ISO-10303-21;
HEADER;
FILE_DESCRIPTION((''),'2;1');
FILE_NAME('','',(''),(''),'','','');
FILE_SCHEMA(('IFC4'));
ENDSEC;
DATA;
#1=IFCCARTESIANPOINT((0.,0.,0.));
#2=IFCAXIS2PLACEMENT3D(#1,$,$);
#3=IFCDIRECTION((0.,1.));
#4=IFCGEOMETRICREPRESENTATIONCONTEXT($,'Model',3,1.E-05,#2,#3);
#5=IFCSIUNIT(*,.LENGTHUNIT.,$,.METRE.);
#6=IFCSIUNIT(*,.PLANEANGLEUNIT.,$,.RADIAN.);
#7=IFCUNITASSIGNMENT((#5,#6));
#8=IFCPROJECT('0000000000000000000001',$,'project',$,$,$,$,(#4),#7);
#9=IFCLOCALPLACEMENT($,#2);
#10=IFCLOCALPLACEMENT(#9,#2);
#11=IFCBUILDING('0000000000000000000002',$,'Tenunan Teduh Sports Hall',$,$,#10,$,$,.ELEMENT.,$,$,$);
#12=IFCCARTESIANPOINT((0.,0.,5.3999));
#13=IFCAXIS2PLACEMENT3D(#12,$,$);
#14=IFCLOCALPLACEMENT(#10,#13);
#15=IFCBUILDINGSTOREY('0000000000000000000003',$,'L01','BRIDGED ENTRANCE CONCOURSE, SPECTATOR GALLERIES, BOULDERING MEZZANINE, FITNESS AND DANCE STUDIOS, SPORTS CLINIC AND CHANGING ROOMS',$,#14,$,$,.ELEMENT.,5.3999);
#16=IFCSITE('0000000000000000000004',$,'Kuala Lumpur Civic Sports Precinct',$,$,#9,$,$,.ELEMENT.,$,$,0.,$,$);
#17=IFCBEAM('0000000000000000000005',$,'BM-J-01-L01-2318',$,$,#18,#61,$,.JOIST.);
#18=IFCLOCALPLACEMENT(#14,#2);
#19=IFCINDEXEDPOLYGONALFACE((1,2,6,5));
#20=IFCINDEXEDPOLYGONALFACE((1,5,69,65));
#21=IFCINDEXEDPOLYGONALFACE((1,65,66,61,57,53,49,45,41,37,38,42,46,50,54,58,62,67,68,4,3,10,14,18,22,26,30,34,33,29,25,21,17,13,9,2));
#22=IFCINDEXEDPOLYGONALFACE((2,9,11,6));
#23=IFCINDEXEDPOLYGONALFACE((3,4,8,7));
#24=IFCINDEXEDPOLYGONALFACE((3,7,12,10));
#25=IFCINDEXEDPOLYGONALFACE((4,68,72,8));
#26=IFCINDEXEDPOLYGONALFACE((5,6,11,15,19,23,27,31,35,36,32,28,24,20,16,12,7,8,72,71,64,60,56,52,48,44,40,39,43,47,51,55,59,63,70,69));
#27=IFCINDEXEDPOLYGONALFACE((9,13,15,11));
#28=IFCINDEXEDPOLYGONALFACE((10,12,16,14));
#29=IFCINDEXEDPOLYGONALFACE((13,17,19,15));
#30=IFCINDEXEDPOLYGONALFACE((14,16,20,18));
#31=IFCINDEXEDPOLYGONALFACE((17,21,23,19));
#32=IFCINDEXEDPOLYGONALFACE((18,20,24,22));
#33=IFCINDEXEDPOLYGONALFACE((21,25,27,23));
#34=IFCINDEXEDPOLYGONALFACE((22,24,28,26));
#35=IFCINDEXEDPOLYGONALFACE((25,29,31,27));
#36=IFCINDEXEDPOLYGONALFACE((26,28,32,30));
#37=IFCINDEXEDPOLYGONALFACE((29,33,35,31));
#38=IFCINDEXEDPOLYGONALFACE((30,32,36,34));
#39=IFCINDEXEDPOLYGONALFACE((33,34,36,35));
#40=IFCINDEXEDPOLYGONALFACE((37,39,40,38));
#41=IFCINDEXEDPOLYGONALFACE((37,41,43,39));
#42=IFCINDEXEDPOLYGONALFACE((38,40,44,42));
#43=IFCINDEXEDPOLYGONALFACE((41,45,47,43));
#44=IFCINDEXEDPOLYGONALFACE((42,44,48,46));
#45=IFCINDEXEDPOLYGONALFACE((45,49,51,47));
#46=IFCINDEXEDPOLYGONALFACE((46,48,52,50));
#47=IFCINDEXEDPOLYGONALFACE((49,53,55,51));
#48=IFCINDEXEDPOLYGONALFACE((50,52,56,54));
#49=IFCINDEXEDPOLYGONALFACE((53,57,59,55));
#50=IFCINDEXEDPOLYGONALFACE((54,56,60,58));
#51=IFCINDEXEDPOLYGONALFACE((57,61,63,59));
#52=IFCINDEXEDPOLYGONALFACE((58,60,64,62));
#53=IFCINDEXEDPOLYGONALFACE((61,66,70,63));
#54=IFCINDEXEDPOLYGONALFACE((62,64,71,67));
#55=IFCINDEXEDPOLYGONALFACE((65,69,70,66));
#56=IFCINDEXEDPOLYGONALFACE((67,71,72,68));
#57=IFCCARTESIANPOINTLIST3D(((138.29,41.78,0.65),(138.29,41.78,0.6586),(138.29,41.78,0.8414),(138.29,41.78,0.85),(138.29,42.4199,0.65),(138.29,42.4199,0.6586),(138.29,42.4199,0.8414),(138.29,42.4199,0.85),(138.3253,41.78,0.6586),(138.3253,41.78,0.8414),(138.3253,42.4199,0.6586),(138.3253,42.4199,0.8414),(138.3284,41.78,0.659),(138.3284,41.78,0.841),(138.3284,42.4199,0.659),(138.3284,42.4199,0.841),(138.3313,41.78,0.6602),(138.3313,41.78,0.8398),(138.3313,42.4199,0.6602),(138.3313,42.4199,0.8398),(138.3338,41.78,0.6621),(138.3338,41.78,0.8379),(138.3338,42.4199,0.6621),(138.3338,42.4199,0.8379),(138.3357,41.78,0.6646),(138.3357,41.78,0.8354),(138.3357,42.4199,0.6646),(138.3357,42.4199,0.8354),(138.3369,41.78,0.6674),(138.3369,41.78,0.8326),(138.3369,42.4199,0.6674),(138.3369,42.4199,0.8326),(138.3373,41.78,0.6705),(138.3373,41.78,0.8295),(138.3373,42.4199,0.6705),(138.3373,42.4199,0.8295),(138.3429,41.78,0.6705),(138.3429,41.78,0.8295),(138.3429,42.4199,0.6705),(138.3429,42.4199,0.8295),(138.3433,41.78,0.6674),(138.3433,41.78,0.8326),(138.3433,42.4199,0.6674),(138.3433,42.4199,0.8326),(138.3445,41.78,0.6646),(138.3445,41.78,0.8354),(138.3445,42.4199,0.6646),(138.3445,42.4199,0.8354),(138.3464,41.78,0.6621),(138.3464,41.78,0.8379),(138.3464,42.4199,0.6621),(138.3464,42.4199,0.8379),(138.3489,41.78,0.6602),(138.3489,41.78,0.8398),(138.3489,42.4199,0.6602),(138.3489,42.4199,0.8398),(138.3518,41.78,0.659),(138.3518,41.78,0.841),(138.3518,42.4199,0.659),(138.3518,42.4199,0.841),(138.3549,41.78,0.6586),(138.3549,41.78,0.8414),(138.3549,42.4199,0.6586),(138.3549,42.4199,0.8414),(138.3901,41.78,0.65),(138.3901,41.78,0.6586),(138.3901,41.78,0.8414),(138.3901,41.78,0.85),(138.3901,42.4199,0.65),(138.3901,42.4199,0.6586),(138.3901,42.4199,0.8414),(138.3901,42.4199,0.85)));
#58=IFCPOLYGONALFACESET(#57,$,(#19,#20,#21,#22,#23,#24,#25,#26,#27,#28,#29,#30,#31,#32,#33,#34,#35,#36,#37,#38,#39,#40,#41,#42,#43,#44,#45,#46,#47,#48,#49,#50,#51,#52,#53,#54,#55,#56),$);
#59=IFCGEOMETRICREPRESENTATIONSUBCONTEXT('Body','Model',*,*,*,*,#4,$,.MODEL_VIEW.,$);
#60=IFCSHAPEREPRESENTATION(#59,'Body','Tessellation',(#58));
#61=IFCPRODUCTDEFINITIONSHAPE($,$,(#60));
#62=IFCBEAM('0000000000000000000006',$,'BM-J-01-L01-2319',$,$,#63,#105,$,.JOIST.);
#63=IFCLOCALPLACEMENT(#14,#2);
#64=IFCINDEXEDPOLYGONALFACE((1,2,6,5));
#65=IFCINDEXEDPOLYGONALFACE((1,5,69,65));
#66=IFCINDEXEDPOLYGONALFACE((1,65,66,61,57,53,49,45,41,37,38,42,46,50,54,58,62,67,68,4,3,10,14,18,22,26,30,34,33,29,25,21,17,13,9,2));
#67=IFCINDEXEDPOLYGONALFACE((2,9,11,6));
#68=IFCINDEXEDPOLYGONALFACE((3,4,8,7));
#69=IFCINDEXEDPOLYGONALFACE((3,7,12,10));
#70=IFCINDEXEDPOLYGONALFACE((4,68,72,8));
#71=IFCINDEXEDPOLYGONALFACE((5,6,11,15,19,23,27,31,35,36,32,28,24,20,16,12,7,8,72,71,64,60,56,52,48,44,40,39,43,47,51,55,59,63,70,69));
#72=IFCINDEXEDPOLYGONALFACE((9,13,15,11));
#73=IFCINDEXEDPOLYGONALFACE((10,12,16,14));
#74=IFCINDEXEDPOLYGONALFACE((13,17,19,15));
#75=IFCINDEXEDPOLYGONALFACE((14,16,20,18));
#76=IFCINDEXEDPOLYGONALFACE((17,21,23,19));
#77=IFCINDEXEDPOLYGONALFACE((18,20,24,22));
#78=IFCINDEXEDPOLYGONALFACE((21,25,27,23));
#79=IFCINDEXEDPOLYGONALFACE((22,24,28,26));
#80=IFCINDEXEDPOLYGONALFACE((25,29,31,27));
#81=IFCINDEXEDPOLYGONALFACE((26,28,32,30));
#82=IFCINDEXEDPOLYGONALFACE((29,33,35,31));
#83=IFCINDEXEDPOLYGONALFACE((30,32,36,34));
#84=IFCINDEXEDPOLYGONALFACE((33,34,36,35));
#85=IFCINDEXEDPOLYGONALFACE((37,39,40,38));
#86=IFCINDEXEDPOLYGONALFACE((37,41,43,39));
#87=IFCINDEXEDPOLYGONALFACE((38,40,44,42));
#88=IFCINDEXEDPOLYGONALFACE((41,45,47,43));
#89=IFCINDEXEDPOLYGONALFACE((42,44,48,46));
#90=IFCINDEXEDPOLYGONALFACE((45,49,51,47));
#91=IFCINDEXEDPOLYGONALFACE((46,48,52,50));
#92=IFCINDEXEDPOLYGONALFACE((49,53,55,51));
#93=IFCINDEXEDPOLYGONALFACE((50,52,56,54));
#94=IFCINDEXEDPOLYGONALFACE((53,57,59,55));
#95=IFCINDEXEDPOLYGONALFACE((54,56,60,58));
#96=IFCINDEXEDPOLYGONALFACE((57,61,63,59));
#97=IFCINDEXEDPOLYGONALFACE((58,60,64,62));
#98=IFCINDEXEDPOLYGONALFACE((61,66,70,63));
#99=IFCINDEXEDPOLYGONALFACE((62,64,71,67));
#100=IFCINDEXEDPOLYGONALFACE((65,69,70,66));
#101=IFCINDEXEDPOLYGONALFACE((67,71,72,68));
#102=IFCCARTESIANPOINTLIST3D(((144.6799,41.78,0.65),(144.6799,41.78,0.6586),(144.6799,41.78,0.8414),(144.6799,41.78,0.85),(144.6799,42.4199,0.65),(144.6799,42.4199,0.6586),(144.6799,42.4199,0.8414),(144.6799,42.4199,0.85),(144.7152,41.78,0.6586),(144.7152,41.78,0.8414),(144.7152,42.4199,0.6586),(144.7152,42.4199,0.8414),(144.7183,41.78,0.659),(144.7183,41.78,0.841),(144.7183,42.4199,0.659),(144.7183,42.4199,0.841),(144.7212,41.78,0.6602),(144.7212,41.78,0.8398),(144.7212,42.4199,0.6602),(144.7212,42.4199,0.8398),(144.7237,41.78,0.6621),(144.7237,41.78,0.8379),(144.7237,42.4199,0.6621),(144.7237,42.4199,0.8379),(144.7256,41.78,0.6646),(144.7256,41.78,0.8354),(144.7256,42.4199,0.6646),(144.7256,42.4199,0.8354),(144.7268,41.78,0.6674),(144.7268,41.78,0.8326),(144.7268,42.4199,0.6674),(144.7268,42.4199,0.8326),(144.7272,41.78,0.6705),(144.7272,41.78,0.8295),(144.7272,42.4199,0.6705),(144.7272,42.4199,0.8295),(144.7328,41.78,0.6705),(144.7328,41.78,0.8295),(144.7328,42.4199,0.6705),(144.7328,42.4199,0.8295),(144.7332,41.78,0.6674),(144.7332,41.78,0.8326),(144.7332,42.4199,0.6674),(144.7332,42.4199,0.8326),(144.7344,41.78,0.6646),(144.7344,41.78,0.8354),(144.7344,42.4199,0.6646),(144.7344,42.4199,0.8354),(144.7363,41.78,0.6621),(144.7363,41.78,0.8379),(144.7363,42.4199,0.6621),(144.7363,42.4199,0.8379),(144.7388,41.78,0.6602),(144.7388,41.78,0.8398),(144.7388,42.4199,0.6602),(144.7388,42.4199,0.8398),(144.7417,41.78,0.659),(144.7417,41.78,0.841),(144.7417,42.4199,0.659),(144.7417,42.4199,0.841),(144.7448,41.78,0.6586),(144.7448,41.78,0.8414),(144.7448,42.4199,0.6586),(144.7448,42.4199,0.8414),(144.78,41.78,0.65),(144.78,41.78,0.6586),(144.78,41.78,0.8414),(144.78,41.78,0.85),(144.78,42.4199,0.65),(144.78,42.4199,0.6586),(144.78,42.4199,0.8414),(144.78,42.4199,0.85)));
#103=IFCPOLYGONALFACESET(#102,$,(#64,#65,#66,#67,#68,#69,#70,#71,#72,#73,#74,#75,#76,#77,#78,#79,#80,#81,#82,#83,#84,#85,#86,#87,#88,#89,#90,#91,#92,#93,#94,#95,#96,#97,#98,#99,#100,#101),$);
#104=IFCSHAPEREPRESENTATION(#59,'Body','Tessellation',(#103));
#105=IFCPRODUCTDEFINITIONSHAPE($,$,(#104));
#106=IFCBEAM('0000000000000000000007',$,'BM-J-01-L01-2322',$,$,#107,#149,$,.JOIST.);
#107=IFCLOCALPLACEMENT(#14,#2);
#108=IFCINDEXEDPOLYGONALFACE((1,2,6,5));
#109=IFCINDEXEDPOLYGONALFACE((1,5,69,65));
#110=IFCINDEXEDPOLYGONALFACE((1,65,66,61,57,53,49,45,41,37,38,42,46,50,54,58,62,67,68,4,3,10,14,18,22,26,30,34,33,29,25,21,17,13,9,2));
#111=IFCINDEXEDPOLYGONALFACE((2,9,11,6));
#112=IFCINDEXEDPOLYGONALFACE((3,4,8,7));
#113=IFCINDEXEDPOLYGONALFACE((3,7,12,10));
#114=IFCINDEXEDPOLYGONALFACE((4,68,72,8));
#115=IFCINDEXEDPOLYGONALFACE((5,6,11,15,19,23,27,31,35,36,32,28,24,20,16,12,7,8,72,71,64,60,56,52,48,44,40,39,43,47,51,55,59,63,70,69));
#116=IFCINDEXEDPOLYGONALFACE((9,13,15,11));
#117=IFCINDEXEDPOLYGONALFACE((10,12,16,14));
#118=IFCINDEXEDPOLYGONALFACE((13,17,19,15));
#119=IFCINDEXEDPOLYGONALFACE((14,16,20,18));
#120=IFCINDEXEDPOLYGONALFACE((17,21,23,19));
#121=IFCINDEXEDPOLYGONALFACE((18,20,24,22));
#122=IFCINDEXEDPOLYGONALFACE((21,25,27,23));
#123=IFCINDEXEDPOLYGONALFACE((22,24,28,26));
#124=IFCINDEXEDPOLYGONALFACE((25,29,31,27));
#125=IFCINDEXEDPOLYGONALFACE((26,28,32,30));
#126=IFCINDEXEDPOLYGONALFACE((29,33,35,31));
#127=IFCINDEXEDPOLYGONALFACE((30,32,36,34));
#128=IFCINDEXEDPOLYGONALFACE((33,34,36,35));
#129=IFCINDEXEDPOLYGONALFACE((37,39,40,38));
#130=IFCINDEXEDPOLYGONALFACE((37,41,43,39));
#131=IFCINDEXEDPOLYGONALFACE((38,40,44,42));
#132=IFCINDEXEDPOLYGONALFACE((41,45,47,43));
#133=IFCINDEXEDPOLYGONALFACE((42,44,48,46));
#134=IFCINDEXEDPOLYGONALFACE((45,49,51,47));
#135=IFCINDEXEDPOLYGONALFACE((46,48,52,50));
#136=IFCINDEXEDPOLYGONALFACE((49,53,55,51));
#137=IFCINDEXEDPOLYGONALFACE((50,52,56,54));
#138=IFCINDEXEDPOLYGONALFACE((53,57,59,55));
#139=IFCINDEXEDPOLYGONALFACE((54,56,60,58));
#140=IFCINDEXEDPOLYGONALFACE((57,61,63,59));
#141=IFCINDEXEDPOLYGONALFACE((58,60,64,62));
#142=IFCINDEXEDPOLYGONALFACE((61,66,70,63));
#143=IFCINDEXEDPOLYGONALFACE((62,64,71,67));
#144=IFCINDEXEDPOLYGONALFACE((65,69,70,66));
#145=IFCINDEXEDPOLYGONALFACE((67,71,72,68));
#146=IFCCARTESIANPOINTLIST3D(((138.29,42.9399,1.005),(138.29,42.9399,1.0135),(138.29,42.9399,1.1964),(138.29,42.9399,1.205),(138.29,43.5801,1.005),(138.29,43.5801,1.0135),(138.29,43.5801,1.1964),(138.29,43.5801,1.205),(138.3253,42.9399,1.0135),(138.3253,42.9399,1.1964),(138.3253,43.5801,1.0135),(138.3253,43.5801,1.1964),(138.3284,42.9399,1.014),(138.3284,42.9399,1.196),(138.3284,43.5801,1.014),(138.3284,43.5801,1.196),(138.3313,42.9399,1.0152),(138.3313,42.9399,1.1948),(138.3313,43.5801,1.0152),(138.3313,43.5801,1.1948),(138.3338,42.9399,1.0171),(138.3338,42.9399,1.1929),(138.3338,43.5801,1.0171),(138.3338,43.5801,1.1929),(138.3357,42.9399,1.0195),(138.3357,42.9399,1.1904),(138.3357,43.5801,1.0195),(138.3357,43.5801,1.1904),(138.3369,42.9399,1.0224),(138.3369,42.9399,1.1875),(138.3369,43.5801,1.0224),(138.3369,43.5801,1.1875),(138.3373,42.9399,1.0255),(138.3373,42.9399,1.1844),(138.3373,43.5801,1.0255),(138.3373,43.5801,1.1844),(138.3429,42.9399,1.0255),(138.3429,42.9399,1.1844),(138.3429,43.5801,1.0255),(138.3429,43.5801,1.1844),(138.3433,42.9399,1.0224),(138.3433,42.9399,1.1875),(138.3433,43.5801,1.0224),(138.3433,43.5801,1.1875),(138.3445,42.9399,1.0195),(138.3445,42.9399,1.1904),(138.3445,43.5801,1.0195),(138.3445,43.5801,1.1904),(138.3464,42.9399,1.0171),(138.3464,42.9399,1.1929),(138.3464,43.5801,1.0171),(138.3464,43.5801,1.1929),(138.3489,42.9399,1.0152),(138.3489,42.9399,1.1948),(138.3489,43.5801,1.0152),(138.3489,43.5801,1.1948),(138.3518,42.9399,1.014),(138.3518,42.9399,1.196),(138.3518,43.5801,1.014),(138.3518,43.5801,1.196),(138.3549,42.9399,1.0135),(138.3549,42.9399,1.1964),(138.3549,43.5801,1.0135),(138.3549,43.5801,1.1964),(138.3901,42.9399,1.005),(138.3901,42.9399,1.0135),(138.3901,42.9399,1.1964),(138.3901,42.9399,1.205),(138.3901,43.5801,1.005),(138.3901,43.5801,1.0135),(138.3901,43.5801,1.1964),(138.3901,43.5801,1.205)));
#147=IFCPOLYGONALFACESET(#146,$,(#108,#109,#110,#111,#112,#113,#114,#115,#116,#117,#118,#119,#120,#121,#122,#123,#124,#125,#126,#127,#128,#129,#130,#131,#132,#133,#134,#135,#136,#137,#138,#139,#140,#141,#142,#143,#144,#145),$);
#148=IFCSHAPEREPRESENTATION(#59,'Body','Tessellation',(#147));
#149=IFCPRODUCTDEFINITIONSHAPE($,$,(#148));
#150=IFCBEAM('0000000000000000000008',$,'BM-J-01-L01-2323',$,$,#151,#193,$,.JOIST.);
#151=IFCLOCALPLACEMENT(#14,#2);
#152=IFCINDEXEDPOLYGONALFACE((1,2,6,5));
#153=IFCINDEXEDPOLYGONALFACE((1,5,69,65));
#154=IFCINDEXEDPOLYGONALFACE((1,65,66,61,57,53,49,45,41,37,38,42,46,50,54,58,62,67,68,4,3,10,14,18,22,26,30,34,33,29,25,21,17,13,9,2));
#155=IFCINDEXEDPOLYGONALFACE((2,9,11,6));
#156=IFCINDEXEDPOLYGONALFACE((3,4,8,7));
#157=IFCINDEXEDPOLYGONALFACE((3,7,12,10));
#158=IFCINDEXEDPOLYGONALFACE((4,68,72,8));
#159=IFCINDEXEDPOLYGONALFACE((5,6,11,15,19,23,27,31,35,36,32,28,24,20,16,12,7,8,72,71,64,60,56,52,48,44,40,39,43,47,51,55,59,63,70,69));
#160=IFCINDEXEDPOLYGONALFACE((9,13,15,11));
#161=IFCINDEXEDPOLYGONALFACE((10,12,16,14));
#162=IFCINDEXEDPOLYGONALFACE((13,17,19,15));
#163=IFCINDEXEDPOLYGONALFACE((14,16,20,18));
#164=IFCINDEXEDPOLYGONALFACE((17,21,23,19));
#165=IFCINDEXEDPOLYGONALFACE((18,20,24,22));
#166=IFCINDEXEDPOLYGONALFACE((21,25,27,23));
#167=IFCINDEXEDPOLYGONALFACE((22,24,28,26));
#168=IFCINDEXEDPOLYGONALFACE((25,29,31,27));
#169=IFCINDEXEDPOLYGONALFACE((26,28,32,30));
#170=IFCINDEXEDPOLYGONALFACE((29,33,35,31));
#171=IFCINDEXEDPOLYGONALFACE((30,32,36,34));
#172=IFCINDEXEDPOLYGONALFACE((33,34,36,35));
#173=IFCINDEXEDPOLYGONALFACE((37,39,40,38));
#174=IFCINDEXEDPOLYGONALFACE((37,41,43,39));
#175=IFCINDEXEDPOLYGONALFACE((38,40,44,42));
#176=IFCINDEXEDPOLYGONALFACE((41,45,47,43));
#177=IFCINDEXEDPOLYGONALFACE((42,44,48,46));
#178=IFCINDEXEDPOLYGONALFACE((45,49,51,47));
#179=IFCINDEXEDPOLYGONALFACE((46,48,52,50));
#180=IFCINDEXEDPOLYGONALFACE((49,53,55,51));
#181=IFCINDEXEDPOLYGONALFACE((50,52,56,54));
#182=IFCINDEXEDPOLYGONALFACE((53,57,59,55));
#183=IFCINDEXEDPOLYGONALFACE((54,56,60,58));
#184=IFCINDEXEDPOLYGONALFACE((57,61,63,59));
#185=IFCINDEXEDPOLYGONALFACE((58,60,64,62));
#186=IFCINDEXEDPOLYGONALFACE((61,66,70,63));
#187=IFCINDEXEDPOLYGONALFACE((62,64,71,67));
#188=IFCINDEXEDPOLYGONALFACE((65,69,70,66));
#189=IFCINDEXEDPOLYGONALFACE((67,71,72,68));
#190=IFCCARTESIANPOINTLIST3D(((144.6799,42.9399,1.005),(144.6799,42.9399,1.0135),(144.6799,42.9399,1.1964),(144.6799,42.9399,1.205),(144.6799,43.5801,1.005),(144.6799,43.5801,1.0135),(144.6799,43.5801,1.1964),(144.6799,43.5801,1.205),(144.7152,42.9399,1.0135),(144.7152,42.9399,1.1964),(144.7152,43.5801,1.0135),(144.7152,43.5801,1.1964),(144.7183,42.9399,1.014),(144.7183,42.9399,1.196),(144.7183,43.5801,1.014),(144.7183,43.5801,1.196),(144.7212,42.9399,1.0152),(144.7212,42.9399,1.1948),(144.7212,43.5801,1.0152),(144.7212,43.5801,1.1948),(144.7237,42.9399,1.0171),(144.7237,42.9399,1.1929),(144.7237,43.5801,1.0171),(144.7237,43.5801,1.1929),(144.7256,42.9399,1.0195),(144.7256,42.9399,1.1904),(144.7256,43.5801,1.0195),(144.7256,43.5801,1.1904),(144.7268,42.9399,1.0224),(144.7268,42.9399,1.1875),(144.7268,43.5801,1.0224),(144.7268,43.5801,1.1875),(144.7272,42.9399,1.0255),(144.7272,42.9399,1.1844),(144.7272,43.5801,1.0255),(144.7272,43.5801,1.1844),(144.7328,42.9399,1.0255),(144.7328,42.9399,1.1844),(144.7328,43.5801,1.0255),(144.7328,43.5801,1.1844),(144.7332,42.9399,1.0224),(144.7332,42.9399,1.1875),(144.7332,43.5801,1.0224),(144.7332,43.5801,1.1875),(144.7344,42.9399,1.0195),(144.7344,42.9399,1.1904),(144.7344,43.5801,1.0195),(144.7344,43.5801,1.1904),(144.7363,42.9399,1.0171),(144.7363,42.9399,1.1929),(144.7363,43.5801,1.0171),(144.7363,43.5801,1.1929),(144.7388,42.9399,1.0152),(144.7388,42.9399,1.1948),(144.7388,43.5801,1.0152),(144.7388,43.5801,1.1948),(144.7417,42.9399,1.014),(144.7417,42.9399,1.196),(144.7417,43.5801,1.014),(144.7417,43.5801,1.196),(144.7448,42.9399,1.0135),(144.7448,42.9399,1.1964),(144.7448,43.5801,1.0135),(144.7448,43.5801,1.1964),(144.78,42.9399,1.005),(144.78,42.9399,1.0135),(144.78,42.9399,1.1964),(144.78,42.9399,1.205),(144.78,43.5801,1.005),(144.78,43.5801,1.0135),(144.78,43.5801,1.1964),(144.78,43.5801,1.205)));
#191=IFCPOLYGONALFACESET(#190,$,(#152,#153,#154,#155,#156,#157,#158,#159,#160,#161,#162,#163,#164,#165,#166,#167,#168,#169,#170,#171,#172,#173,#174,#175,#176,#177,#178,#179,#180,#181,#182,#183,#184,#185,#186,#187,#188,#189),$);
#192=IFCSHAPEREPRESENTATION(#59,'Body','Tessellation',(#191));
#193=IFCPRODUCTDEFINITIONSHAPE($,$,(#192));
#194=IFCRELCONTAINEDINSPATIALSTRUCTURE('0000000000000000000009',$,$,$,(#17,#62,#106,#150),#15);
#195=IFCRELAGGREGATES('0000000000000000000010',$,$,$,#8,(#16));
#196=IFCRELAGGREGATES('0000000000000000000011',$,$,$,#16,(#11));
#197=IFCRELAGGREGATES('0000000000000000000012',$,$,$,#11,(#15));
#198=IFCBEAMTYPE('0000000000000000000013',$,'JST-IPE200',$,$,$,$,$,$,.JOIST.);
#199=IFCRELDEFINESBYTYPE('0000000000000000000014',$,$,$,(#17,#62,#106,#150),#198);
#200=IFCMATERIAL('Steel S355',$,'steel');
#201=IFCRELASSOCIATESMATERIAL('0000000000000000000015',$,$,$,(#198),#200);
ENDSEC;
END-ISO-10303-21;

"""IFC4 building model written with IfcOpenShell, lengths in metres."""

from ifc_helpers import new_model, si_unit, direction, frame, origin, origin_2d, place, context, subcontext, project, spatial, i_section, extrude, material, material_profile, profile_set, type_object, element, save


model = new_model("IFC4")

# Units and contexts
model_context = context("Model", 3, precision=1e-05, world=origin(), true_north=direction((0.0, 1.0)))
body_context = subcontext(model_context, "Body", "Model", "MODEL_VIEW")
ifc_project = project(units=[si_unit("LENGTHUNIT", "METRE"), si_unit("PLANEANGLEUNIT", "RADIAN")], contexts=[model_context])

# Site, building, storey
site_placement = place(None, origin())
site = spatial("IfcSite", under=ifc_project, at=site_placement, Name="Kuala Lumpur Civic Sports Precinct", CompositionType="ELEMENT", RefElevation=0.0)
building_placement = place(site_placement, origin())
building = spatial("IfcBuilding", under=site, at=building_placement, Name="Tenunan Teduh Sports Hall", CompositionType="ELEMENT")
storey_placement = place(building_placement, frame((0.0, 0.0, 5.3999)))
storey = spatial("IfcBuildingStorey", under=building, at=storey_placement, Name="L01", Description="BRIDGED ENTRANCE CONCOURSE, SPECTATOR GALLERIES, BOULDERING MEZZANINE, FITNESS AND DANCE STUDIOS, SPORTS CLINIC AND CHANGING ROOMS", CompositionType="ELEMENT", Elevation=5.3999)

# Beams
ifc_material_1 = material(Name="Steel S355", Category="steel")
ifc_material_profile_1 = material_profile(ifc_material_1, i_section(OverallWidth=0.1001, OverallDepth=0.2, WebThickness=0.0056, FlangeThickness=0.0085, FilletRadius=0.012, at=origin_2d()), Name="IPE 200")
ifc_profile_set_1 = profile_set([ifc_material_profile_1], Name="Steel S355")
beam_type_1 = type_object("IfcBeamType", Name="JST-IPE200", PredefinedType="JOIST", material=ifc_profile_set_1)
for number, where, z_axis, x_axis, name in (
    (1, (138.3401, 41.78, 0.75), (0.0, 1.0, 0.0), (-1.0, 0.0, 0.0), "BM-J-01-L01-2318"),
    (2, (144.73, 41.78, 0.75), (0.0, 1.0, 0.0), (-1.0, 0.0, 0.0), "BM-J-01-L01-2319"),
):
    element("IfcBeam", number, at=place(storey_placement, frame(where, z_axis=z_axis, x_axis=x_axis)), inside=storey, type_object=beam_type_1, Name=name, PredefinedType="JOIST", context=body_context, shape_type="SweptSolid", body=[
        extrude(i_section(OverallWidth=0.1001, OverallDepth=0.2, WebThickness=0.0056, FlangeThickness=0.0085, FilletRadius=0.012, at=origin_2d()), origin(), (0.0, 0.0, 1.0), 0.6399),
    ])
for number, where, z_axis, x_axis, name in (
    (3, (138.3401, 42.9399, 1.105), (0.0, 1.0, 0.0), (-1.0, 0.0, 0.0), "BM-J-01-L01-2322"),
    (4, (144.73, 42.9399, 1.105), (0.0, 1.0, 0.0), (-1.0, 0.0, 0.0), "BM-J-01-L01-2323"),
):
    element("IfcBeam", number, at=place(storey_placement, frame(where, z_axis=z_axis, x_axis=x_axis)), inside=storey, type_object=beam_type_1, Name=name, PredefinedType="JOIST", context=body_context, shape_type="SweptSolid", body=[
        extrude(i_section(OverallWidth=0.1001, OverallDepth=0.2, WebThickness=0.0056, FlangeThickness=0.0085, FilletRadius=0.012, at=origin_2d()), origin(), (0.0, 0.0, 1.0), 0.6401),
    ])

save(model, "model.ifc")
